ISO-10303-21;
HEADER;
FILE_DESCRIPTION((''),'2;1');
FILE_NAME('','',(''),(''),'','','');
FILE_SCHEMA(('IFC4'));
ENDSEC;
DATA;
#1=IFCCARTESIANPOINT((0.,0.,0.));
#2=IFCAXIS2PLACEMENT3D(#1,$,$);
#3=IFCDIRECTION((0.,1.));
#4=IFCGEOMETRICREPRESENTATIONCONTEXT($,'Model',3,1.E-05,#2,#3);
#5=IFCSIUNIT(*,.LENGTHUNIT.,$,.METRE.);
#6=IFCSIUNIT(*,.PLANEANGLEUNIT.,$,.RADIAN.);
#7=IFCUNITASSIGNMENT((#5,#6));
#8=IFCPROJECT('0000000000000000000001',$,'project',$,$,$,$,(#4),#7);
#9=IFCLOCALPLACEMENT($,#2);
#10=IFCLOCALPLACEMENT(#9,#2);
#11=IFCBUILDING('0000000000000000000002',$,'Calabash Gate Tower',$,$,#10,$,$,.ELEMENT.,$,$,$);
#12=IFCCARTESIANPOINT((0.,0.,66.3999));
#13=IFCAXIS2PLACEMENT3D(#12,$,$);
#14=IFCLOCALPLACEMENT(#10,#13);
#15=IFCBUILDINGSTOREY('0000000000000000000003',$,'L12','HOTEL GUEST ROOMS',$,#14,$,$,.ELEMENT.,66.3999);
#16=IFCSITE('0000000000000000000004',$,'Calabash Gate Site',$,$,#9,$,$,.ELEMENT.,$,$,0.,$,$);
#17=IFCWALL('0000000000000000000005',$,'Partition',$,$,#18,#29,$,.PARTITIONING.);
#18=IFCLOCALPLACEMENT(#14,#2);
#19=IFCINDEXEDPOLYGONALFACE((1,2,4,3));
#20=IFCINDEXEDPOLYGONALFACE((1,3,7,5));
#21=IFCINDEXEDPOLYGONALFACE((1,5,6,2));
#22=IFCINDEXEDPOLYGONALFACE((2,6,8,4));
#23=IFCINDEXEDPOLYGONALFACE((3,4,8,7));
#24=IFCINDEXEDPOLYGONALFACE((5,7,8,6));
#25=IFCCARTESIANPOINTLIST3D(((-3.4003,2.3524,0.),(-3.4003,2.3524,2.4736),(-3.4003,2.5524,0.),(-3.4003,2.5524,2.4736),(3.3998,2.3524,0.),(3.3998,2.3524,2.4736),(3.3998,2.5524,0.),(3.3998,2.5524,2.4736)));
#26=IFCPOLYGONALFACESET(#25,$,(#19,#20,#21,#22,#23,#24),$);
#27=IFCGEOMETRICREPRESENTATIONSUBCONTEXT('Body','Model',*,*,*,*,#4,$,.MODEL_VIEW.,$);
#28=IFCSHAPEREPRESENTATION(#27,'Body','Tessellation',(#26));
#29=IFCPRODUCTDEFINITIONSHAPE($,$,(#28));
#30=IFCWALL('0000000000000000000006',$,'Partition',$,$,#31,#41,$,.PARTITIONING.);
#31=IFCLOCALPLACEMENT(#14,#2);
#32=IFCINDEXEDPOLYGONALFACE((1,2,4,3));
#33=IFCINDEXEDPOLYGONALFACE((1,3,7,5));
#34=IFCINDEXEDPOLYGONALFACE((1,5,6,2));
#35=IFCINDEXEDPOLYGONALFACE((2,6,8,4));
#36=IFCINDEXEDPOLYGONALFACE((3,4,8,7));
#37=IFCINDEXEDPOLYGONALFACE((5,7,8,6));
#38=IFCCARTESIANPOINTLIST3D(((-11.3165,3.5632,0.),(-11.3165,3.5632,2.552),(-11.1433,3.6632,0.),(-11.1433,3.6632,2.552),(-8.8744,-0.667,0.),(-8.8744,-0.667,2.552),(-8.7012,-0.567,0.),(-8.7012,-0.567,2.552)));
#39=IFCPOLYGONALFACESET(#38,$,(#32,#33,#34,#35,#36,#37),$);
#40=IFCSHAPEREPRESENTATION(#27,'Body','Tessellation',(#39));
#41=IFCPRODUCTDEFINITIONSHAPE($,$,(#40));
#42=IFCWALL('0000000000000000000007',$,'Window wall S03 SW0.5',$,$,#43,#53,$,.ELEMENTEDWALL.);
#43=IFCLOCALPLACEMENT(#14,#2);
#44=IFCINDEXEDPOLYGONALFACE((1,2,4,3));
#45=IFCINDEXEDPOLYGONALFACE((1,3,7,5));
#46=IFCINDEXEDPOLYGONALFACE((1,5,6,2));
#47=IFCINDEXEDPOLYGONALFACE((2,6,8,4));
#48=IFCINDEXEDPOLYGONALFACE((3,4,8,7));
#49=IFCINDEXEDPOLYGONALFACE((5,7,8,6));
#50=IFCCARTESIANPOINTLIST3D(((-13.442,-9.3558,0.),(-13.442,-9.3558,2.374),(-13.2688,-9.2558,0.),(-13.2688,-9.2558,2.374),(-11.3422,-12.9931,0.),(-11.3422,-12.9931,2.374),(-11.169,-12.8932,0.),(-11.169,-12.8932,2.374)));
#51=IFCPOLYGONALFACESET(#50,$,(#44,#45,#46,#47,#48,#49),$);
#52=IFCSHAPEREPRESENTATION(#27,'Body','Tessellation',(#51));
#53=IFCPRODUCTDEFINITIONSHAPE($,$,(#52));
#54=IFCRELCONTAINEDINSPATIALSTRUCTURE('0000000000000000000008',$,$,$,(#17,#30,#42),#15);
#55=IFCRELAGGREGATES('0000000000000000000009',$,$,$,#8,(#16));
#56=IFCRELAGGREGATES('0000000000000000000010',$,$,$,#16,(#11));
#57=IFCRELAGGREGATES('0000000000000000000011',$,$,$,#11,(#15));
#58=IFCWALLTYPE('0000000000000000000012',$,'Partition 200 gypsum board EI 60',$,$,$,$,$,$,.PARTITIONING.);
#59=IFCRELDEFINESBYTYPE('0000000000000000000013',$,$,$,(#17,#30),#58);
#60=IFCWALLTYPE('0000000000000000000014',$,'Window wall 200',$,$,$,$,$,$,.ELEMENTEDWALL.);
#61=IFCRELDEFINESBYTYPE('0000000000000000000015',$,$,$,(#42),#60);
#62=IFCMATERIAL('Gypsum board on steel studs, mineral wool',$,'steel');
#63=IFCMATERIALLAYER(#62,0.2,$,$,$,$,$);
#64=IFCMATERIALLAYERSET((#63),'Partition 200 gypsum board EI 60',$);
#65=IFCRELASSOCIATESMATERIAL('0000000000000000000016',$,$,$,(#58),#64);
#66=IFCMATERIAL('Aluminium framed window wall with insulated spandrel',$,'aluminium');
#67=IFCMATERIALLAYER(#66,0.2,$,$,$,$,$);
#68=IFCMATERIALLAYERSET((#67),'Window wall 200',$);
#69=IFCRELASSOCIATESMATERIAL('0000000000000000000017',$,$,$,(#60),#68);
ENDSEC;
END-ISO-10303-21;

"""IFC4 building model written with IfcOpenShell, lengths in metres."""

from ifc_helpers import new_model, si_unit, direction, frame, frame_2d, origin, place, context, subcontext, project, spatial, rectangle, extrude, material, layer, layer_set, type_object, element, save


model = new_model("IFC4")

# Units and contexts
model_context = context("Model", 3, precision=1e-05, world=origin(), true_north=direction((0.0, 1.0)))
body_context = subcontext(model_context, "Body", "Model", "MODEL_VIEW")
ifc_project = project(units=[si_unit("LENGTHUNIT", "METRE"), si_unit("PLANEANGLEUNIT", "RADIAN")], contexts=[model_context])

# Site, building, storey
site_placement = place(None, origin())
site = spatial("IfcSite", under=ifc_project, at=site_placement, Name="Calabash Gate Site", CompositionType="ELEMENT", RefElevation=0.0)
building_placement = place(site_placement, origin())
building = spatial("IfcBuilding", under=site, at=building_placement, Name="Calabash Gate Tower", CompositionType="ELEMENT")
storey_placement = place(building_placement, frame((0.0, 0.0, 66.3999)))
storey = spatial("IfcBuildingStorey", under=building, at=storey_placement, Name="L12", Description="HOTEL GUEST ROOMS", CompositionType="ELEMENT", Elevation=66.3999)

# Shared definitions
ifc_material_1 = material(Name="Gypsum board on steel studs, mineral wool", Category="steel")
ifc_layer_1 = layer(ifc_material_1, 0.2)
ifc_layer_set_1 = layer_set([ifc_layer_1], Name="Partition 200 gypsum board EI 60")
wall_type_1 = type_object("IfcWallType", Name="Partition 200 gypsum board EI 60", PredefinedType="PARTITIONING", material=ifc_layer_set_1)

# Walls
wall_1_placement = place(storey_placement, frame((-3.4001, 2.4524, 0.0), z_axis=(0.0, 0.0, 1.0), x_axis=(1.0, 0.0, 0.0)))
element("IfcWall", 1, at=wall_1_placement, inside=storey, type_object=wall_type_1, Name="Partition", PredefinedType="PARTITIONING", context=body_context, shape_type="SweptSolid", body=[
    extrude(rectangle(XDim=6.8, YDim=0.2, at=frame_2d((3.3999, 0.0))), origin(), (0.0, 0.0, 1.0), 2.4736),
])
wall_2_placement = place(storey_placement, frame((-11.23, 3.6133, 0.0), z_axis=(0.0, 0.0, 1.0), x_axis=(0.499972, -0.866042, 0.0)))
element("IfcWall", 2, at=wall_2_placement, inside=storey, type_object=wall_type_1, Name="Partition", PredefinedType="PARTITIONING", context=body_context, shape_type="SweptSolid", body=[
    extrude(rectangle(XDim=4.8845, YDim=0.2, at=frame_2d((2.4424, 0.0))), origin(), (0.0, 0.0, 1.0), 2.552),
])
ifc_material_2 = material(Name="Aluminium framed window wall with insulated spandrel", Category="aluminium")
ifc_layer_2 = layer(ifc_material_2, 0.2)
ifc_layer_set_2 = layer_set([ifc_layer_2], Name="Window wall 200")
wall_type_2 = type_object("IfcWallType", Name="Window wall 200", PredefinedType="ELEMENTEDWALL", material=ifc_layer_set_2)
wall_3_placement = place(storey_placement, frame((-13.3555, -9.3057, 0.0), z_axis=(0.0, 0.0, 1.0), x_axis=(0.499959, -0.866049, 0.0)))
element("IfcWall", 3, at=wall_3_placement, inside=storey, type_object=wall_type_2, Name="Window wall S03 SW0.5", PredefinedType="ELEMENTEDWALL", context=body_context, shape_type="SweptSolid", body=[
    extrude(rectangle(XDim=4.2, YDim=0.2, at=frame_2d((2.1001, 0.0))), origin(), (0.0, 0.0, 1.0), 2.374),
])

save(model, "model.ifc")
